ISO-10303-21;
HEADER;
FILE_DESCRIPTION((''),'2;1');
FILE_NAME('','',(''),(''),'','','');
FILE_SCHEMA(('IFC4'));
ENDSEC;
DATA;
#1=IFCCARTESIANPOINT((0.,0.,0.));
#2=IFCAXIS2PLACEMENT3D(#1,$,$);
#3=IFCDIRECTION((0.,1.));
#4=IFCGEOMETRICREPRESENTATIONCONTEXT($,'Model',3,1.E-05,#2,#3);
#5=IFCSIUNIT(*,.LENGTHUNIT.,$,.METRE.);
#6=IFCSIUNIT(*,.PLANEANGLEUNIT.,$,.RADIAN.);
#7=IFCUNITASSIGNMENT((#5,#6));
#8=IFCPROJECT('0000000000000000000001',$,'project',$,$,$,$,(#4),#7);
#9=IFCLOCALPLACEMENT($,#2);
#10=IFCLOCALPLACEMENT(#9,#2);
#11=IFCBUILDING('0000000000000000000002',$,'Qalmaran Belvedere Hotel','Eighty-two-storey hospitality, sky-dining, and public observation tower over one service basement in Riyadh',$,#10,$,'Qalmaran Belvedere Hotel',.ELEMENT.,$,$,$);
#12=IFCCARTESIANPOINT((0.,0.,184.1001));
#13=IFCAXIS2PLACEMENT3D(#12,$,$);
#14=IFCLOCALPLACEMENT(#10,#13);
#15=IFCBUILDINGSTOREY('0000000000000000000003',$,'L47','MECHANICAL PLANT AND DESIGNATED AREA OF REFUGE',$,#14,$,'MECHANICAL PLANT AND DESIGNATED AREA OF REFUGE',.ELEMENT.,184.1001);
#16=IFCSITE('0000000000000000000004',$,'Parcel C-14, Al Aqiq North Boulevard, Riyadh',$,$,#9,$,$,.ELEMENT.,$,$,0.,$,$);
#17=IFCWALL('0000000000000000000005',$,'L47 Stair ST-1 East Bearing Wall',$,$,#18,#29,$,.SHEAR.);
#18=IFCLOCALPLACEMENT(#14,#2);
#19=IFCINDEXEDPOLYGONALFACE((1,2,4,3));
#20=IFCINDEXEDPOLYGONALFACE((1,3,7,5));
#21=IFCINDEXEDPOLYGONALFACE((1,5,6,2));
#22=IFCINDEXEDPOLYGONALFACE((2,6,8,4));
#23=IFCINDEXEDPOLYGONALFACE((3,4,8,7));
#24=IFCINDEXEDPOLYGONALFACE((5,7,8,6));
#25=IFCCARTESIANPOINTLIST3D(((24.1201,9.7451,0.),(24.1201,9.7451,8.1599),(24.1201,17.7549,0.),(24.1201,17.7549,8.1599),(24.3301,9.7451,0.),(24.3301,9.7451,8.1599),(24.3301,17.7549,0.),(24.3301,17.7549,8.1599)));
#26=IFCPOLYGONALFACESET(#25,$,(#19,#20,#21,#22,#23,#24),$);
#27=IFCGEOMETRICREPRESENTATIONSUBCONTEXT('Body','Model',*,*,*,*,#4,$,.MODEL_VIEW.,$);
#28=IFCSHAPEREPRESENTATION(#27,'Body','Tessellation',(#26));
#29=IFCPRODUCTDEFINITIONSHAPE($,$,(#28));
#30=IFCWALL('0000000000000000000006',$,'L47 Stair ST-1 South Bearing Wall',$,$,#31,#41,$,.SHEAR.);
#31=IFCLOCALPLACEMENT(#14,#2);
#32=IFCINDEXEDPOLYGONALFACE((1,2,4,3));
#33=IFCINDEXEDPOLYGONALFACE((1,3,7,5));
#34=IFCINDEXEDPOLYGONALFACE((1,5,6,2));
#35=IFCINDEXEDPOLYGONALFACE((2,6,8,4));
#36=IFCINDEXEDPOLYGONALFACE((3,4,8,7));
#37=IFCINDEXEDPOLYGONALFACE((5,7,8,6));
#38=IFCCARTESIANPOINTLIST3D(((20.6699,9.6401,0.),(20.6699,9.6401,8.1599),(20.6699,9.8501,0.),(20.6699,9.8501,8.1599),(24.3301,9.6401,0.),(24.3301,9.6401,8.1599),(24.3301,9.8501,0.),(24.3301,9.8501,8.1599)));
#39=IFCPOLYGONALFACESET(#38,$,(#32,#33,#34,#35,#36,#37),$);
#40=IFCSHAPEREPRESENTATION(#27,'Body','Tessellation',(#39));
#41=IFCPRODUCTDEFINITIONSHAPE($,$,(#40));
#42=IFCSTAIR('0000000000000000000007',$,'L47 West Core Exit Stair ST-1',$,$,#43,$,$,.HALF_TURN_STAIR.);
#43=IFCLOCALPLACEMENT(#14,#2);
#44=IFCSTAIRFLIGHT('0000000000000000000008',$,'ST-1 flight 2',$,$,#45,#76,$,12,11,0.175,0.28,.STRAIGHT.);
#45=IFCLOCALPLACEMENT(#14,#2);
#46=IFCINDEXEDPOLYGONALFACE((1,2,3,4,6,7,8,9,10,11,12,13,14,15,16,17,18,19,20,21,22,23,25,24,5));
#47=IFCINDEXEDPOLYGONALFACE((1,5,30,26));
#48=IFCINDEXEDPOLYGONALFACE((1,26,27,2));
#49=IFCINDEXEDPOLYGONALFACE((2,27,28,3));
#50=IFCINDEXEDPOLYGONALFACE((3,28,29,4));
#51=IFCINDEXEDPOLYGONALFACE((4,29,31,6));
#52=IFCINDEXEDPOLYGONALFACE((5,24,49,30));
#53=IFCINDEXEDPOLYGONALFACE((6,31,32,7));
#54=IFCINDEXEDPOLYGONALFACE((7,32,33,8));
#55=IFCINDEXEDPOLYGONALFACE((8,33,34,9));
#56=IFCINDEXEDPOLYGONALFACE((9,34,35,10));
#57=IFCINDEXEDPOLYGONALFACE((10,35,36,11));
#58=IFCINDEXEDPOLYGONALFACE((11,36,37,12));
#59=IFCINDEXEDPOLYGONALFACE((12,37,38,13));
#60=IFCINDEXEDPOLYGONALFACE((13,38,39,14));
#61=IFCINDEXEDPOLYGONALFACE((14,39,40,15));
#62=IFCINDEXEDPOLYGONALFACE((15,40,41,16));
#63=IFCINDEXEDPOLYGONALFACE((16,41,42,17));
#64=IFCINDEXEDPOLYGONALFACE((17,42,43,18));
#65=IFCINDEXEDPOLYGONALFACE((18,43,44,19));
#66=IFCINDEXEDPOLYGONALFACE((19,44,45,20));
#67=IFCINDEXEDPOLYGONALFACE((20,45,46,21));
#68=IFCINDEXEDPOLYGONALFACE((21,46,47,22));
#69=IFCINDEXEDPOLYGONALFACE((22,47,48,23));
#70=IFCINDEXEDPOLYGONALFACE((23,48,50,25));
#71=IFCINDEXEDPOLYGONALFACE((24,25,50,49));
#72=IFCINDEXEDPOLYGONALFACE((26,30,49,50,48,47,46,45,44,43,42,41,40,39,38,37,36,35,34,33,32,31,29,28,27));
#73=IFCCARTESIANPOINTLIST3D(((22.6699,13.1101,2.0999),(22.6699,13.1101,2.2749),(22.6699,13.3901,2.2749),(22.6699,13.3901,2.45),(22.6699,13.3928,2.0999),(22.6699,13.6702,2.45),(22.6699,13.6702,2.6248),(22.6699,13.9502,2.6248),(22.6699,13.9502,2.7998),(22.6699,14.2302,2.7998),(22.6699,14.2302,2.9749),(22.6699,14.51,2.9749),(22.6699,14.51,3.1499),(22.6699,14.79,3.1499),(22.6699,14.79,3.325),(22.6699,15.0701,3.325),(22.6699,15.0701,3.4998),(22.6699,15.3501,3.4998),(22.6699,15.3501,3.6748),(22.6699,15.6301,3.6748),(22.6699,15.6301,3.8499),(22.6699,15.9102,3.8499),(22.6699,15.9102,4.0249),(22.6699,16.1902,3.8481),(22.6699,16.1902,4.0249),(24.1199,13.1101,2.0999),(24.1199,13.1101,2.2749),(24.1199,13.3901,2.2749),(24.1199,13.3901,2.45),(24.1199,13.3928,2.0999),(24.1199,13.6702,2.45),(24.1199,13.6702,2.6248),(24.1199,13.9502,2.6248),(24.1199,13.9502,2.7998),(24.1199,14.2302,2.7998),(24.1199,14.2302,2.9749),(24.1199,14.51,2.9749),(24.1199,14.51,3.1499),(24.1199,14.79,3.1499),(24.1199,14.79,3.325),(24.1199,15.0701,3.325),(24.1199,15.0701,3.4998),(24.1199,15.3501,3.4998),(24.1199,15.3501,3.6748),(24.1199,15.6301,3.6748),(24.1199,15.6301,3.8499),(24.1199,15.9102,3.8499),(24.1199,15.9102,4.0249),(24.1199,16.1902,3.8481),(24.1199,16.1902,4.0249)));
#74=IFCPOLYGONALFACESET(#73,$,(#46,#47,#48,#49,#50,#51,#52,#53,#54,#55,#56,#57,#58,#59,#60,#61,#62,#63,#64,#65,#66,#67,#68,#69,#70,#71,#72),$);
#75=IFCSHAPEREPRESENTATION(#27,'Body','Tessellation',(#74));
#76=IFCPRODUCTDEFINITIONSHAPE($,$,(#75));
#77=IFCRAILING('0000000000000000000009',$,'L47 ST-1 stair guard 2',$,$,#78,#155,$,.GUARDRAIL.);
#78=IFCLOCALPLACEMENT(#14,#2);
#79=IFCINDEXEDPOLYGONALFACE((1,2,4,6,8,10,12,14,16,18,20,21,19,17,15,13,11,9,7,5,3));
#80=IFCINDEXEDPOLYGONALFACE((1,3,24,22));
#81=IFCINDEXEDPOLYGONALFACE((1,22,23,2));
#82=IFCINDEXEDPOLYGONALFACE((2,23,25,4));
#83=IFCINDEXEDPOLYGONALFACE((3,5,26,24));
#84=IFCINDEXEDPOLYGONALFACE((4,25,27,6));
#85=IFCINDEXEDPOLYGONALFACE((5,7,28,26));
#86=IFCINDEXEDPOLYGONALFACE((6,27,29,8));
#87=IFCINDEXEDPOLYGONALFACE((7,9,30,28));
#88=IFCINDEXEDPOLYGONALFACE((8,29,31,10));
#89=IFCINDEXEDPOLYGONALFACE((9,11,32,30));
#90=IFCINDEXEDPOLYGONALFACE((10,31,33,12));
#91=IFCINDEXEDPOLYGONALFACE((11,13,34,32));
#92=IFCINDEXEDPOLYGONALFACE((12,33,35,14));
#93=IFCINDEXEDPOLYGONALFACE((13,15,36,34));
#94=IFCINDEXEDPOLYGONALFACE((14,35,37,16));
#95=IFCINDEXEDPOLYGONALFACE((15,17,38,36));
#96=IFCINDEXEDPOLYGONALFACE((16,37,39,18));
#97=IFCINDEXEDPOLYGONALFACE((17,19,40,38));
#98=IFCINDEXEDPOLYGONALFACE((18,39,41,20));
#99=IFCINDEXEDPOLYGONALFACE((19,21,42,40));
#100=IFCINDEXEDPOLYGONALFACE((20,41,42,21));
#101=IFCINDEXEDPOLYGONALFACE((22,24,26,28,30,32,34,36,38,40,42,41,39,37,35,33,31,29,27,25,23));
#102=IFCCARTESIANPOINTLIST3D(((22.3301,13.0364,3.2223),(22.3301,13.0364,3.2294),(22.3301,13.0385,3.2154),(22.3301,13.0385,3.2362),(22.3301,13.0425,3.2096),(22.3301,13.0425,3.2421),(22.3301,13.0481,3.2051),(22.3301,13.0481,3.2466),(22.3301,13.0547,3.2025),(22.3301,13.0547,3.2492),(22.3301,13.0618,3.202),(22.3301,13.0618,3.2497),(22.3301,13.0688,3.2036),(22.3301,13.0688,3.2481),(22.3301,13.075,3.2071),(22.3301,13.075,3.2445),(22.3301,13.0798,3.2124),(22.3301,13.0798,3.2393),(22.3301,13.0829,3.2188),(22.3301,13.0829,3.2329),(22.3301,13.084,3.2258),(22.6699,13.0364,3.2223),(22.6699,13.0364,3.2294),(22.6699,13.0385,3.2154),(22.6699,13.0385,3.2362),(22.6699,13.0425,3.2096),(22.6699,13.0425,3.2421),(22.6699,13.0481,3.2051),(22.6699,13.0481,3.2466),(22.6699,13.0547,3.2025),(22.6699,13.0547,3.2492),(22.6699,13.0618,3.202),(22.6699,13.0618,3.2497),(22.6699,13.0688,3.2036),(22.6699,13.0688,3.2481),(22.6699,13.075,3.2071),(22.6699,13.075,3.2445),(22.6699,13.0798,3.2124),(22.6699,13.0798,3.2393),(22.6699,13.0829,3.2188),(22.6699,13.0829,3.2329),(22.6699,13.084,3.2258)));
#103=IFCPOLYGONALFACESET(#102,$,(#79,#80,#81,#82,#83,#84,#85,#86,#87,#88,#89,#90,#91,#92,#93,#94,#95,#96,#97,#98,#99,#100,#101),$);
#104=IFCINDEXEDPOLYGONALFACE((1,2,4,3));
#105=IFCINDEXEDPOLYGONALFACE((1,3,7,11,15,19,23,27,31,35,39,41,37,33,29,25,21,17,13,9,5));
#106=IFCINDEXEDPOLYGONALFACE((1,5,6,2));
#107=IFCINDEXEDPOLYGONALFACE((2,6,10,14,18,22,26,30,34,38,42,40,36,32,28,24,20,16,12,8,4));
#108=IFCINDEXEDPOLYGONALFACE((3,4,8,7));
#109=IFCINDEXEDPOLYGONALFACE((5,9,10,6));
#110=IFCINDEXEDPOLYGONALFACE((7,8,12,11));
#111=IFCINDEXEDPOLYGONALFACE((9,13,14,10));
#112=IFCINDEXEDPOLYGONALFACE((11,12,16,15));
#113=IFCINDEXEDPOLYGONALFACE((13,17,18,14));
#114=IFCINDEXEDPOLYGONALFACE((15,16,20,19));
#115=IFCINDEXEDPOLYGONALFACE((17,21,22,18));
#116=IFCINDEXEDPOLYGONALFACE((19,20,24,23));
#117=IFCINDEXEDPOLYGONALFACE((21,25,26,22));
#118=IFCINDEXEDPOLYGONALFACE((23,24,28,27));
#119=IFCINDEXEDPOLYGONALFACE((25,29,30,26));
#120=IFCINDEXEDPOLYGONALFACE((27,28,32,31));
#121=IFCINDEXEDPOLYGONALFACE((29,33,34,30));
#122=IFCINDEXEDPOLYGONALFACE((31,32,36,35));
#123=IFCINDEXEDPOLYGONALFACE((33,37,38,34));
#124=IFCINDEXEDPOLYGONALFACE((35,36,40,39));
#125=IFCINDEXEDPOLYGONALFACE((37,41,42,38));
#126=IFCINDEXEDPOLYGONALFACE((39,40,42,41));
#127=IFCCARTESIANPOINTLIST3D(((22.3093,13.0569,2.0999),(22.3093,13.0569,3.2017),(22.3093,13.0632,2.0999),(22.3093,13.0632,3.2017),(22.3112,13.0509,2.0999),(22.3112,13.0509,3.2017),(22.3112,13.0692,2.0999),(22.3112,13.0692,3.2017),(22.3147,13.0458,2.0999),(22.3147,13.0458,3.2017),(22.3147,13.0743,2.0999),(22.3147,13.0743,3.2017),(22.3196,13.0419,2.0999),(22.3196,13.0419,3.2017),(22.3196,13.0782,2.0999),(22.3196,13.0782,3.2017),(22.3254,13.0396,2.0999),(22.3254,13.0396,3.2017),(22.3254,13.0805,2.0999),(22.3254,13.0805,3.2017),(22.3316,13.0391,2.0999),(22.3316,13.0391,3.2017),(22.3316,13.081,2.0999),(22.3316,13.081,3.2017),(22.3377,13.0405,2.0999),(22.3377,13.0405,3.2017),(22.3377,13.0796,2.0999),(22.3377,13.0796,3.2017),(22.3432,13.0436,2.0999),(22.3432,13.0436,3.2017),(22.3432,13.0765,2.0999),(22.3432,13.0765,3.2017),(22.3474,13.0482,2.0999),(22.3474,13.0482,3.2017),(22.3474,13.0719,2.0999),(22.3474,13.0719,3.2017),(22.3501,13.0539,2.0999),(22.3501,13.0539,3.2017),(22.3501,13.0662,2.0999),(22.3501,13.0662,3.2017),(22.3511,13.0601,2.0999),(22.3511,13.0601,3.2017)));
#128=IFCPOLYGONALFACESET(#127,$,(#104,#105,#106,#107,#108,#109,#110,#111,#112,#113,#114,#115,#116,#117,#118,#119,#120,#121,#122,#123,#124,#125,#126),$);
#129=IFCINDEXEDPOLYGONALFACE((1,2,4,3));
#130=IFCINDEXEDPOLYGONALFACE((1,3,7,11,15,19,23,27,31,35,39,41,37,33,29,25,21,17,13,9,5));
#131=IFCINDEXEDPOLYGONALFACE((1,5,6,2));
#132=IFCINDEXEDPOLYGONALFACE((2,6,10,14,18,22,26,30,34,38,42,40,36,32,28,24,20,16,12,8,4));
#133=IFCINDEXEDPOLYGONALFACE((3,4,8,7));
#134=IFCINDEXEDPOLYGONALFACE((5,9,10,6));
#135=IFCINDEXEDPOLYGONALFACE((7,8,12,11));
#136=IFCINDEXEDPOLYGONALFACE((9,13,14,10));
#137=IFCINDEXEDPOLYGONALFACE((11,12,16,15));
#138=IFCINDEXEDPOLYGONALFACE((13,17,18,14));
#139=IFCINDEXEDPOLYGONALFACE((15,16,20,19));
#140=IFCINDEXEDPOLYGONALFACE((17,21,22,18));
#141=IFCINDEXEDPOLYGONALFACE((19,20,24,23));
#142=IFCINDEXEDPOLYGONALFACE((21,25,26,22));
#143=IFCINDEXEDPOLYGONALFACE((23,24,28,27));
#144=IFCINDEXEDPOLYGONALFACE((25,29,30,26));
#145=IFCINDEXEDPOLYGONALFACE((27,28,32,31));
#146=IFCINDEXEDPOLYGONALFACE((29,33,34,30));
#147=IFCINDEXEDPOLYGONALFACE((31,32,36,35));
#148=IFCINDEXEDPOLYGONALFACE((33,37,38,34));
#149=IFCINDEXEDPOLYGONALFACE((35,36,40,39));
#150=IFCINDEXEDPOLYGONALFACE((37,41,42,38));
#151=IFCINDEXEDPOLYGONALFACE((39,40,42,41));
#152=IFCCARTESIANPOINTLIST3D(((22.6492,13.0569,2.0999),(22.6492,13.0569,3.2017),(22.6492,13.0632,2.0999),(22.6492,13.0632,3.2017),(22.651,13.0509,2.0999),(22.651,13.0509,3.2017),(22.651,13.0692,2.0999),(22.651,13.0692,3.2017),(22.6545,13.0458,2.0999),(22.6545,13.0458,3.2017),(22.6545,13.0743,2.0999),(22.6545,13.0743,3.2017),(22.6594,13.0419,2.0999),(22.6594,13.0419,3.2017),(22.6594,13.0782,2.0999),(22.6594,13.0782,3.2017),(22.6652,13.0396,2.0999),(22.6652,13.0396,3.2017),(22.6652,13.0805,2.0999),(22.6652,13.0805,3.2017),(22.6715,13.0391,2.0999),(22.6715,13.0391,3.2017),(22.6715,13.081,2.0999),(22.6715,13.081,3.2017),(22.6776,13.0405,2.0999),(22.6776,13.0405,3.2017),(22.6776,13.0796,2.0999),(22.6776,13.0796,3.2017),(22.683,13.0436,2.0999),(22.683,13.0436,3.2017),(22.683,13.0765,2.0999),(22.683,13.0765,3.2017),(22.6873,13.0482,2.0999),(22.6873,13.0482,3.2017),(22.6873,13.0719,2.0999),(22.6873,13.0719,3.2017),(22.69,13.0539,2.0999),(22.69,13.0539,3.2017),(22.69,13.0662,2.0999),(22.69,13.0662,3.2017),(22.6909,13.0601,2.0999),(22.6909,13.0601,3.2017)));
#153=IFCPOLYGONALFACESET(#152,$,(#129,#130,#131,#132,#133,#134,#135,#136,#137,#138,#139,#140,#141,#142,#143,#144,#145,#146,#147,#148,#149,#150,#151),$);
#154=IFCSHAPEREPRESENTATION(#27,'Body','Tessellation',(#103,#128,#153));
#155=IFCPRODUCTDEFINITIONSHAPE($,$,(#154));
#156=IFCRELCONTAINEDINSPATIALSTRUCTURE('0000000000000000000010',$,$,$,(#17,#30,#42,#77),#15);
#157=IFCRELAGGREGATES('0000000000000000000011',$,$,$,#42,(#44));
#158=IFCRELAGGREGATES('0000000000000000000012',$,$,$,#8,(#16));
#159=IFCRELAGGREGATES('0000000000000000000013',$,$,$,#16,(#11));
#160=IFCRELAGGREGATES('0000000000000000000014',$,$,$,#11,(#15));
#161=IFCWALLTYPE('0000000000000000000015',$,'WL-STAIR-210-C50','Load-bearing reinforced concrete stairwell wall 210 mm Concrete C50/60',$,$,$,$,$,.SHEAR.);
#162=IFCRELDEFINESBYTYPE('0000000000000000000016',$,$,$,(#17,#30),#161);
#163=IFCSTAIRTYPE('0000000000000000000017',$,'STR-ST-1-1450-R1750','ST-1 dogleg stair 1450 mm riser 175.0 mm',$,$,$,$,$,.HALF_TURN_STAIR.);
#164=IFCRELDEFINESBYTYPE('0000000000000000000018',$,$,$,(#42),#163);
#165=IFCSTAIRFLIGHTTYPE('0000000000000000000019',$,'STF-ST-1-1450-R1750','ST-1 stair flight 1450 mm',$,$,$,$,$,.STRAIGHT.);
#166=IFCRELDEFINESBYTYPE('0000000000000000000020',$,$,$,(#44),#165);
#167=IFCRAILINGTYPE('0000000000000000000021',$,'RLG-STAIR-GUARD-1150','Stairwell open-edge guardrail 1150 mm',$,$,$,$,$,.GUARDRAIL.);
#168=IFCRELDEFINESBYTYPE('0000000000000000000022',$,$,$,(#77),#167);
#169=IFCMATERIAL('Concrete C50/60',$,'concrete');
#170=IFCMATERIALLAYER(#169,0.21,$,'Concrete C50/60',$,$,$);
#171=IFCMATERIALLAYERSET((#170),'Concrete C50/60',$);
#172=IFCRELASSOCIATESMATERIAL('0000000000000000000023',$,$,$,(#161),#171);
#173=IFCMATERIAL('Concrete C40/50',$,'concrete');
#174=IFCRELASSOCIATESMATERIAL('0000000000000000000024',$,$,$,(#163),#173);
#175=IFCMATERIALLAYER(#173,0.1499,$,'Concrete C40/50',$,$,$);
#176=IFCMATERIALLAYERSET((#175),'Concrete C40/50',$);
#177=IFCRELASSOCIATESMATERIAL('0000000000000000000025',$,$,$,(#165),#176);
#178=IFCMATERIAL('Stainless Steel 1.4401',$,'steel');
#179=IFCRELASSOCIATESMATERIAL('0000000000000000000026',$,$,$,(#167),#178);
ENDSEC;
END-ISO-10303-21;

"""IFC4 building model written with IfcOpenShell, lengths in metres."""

from ifc_helpers import new_model, si_unit, direction, frame, frame_2d, origin, origin_2d, place, context, subcontext, project, spatial, polyline, rectangle, circle, outline, extrude, material, layer, layer_set, type_object, element, aggregate, save


model = new_model("IFC4")

# Units and contexts
model_context = context("Model", 3, precision=1e-05, world=origin(), true_north=direction((0.0, 1.0)))
body_context = subcontext(model_context, "Body", "Model", "MODEL_VIEW")
ifc_project = project(units=[si_unit("LENGTHUNIT", "METRE"), si_unit("PLANEANGLEUNIT", "RADIAN")], contexts=[model_context])

# Site, building, storey
site_placement = place(None, origin())
site = spatial("IfcSite", under=ifc_project, at=site_placement, Name="Parcel C-14, Al Aqiq North Boulevard, Riyadh", CompositionType="ELEMENT", RefElevation=0.0)
building_placement = place(site_placement, origin())
building = spatial("IfcBuilding", under=site, at=building_placement, Name="Qalmaran Belvedere Hotel", Description="Eighty-two-storey hospitality, sky-dining, and public observation tower over one service basement in Riyadh", LongName="Qalmaran Belvedere Hotel", CompositionType="ELEMENT")
storey_placement = place(building_placement, frame((0.0, 0.0, 184.1001)))
storey = spatial("IfcBuildingStorey", under=building, at=storey_placement, Name="L47", Description="MECHANICAL PLANT AND DESIGNATED AREA OF REFUGE", LongName="MECHANICAL PLANT AND DESIGNATED AREA OF REFUGE", CompositionType="ELEMENT", Elevation=184.1001)

# Shared definitions
ifc_material_1 = material(Name="Concrete C50/60", Category="concrete")

# Walls
ifc_layer_1 = layer(ifc_material_1, 0.21, Name="Concrete C50/60")
ifc_layer_set_1 = layer_set([ifc_layer_1], Name="Concrete C50/60")
wall_type_1 = type_object("IfcWallType", Name="WL-STAIR-210-C50", Description="Load-bearing reinforced concrete stairwell wall 210 mm Concrete C50/60", PredefinedType="SHEAR", material=ifc_layer_set_1)
for number, where, z_axis, x_axis, name in (
    (1, (24.2251, 9.7451, 0.0), (0.0, 0.0, 1.0), (0.0, 1.0, 0.0), "L47 Stair ST-1 East Bearing Wall"),
):
    element("IfcWall", number, at=place(storey_placement, frame(where, z_axis=z_axis, x_axis=x_axis)), inside=storey, type_object=wall_type_1, Name=name, PredefinedType="SHEAR", context=body_context, shape_type="SweptSolid", body=[
        extrude(rectangle(XDim=8.0098, YDim=0.21, at=frame_2d((4.0049, 0.0))), origin(), (0.0, 0.0, 1.0), 8.1599),
    ])
wall_1_placement = place(storey_placement, frame((20.6699, 9.7451, 0.0), z_axis=(0.0, 0.0, 1.0), x_axis=(1.0, 0.0, 0.0)))
element("IfcWall", 2, at=wall_1_placement, inside=storey, type_object=wall_type_1, Name="L47 Stair ST-1 South Bearing Wall", PredefinedType="SHEAR", context=body_context, shape_type="SweptSolid", body=[
    extrude(rectangle(XDim=3.6602, YDim=0.21, at=frame_2d((1.8301, 0.0))), origin(), (0.0, 0.0, 1.0), 8.1599),
])

# Stair, stair flight
ifc_material_2 = material(Name="Concrete C40/50", Category="concrete")
stair_type = type_object("IfcStairType", Name="STR-ST-1-1450-R1750", Description="ST-1 dogleg stair 1450 mm riser 175.0 mm", PredefinedType="HALF_TURN_STAIR", material=ifc_material_2)
stair_placement = place(storey_placement, origin())
stair = element("IfcStair", 3, at=stair_placement, inside=storey, type_object=stair_type, Name="L47 West Core Exit Stair ST-1", PredefinedType="HALF_TURN_STAIR")
ifc_layer_2 = layer(ifc_material_2, 0.1499, Name="Concrete C40/50")
ifc_layer_set_2 = layer_set([ifc_layer_2], Name="Concrete C40/50")
stair_flight_type = type_object("IfcStairFlightType", Name="STF-ST-1-1450-R1750", Description="ST-1 stair flight 1450 mm", PredefinedType="STRAIGHT", material=ifc_layer_set_2)
stair_flight_placement = place(storey_placement, frame((23.395, 13.1101, 2.0999), z_axis=(0.0, 0.0, 1.0), x_axis=(0.0, 1.0, 0.0)))
stair_flight = element("IfcStairFlight", 4, at=stair_flight_placement, type_object=stair_flight_type, Name="ST-1 flight 2", NumberOfRisers=12, NumberOfTreads=11, PredefinedType="STRAIGHT", RiserHeight=0.175, TreadLength=0.28, context=body_context, shape_type="SweptSolid", body=[
    extrude(outline(polyline([(0.0, 0.0), (0.0, 0.175), (0.28, 0.175), (0.28, 0.3501), (0.5601, 0.3501), (0.5601, 0.5249), (0.8401, 0.5249), (0.8401, 0.7), (1.1201, 0.7), (1.1201, 0.875), (1.3999, 0.875), (1.3999, 1.05), (1.6799, 1.05), (1.6799, 1.2251), (1.96, 1.2251), (1.96, 1.3999), (2.24, 1.3999), (2.24, 1.575), (2.52, 1.575), (2.52, 1.75), (2.8, 1.75), (2.8, 1.925), (3.0801, 1.925), (3.0801, 2.1001), (3.0801, 1.7483), (0.2827, 0.0), (0.0, 0.0)])), frame((0.0, 0.7251, 0.0), z_axis=(0.0, -1.0, 0.0), x_axis=(1.0, 0.0, 0.0)), (0.0, 0.0, 1.0), 1.45),
])
aggregate(stair, [stair_flight])

# Railing
ifc_material_3 = material(Name="Stainless Steel 1.4401", Category="steel")
railing_type = type_object("IfcRailingType", Name="RLG-STAIR-GUARD-1150", Description="Stairwell open-edge guardrail 1150 mm", PredefinedType="GUARDRAIL", material=ifc_material_3)
railing_1_placement = place(storey_placement, frame((22.3301, 13.0601, 2.0999)))
element("IfcRailing", 5, at=railing_1_placement, inside=storey, type_object=railing_type, Name="L47 ST-1 stair guard 2", PredefinedType="GUARDRAIL", context=body_context, shape_type="SweptSolid", body=[
    extrude(circle(Radius=0.0239, at=origin_2d()), frame((0.0, 0.0, 1.126), z_axis=(1.0, 0.0, 0.0), x_axis=(0.0, 1.0, 0.0)), (0.0, 0.0, 1.0), 0.3398),
    extrude(circle(Radius=0.021, at=origin_2d()), origin(), (0.0, 0.0, 1.0), 1.1018),
    extrude(circle(Radius=0.021, at=origin_2d()), frame((0.3398, 0.0, 0.0)), (0.0, 0.0, 1.0), 1.1018),
])

save(model, "model.ifc")
